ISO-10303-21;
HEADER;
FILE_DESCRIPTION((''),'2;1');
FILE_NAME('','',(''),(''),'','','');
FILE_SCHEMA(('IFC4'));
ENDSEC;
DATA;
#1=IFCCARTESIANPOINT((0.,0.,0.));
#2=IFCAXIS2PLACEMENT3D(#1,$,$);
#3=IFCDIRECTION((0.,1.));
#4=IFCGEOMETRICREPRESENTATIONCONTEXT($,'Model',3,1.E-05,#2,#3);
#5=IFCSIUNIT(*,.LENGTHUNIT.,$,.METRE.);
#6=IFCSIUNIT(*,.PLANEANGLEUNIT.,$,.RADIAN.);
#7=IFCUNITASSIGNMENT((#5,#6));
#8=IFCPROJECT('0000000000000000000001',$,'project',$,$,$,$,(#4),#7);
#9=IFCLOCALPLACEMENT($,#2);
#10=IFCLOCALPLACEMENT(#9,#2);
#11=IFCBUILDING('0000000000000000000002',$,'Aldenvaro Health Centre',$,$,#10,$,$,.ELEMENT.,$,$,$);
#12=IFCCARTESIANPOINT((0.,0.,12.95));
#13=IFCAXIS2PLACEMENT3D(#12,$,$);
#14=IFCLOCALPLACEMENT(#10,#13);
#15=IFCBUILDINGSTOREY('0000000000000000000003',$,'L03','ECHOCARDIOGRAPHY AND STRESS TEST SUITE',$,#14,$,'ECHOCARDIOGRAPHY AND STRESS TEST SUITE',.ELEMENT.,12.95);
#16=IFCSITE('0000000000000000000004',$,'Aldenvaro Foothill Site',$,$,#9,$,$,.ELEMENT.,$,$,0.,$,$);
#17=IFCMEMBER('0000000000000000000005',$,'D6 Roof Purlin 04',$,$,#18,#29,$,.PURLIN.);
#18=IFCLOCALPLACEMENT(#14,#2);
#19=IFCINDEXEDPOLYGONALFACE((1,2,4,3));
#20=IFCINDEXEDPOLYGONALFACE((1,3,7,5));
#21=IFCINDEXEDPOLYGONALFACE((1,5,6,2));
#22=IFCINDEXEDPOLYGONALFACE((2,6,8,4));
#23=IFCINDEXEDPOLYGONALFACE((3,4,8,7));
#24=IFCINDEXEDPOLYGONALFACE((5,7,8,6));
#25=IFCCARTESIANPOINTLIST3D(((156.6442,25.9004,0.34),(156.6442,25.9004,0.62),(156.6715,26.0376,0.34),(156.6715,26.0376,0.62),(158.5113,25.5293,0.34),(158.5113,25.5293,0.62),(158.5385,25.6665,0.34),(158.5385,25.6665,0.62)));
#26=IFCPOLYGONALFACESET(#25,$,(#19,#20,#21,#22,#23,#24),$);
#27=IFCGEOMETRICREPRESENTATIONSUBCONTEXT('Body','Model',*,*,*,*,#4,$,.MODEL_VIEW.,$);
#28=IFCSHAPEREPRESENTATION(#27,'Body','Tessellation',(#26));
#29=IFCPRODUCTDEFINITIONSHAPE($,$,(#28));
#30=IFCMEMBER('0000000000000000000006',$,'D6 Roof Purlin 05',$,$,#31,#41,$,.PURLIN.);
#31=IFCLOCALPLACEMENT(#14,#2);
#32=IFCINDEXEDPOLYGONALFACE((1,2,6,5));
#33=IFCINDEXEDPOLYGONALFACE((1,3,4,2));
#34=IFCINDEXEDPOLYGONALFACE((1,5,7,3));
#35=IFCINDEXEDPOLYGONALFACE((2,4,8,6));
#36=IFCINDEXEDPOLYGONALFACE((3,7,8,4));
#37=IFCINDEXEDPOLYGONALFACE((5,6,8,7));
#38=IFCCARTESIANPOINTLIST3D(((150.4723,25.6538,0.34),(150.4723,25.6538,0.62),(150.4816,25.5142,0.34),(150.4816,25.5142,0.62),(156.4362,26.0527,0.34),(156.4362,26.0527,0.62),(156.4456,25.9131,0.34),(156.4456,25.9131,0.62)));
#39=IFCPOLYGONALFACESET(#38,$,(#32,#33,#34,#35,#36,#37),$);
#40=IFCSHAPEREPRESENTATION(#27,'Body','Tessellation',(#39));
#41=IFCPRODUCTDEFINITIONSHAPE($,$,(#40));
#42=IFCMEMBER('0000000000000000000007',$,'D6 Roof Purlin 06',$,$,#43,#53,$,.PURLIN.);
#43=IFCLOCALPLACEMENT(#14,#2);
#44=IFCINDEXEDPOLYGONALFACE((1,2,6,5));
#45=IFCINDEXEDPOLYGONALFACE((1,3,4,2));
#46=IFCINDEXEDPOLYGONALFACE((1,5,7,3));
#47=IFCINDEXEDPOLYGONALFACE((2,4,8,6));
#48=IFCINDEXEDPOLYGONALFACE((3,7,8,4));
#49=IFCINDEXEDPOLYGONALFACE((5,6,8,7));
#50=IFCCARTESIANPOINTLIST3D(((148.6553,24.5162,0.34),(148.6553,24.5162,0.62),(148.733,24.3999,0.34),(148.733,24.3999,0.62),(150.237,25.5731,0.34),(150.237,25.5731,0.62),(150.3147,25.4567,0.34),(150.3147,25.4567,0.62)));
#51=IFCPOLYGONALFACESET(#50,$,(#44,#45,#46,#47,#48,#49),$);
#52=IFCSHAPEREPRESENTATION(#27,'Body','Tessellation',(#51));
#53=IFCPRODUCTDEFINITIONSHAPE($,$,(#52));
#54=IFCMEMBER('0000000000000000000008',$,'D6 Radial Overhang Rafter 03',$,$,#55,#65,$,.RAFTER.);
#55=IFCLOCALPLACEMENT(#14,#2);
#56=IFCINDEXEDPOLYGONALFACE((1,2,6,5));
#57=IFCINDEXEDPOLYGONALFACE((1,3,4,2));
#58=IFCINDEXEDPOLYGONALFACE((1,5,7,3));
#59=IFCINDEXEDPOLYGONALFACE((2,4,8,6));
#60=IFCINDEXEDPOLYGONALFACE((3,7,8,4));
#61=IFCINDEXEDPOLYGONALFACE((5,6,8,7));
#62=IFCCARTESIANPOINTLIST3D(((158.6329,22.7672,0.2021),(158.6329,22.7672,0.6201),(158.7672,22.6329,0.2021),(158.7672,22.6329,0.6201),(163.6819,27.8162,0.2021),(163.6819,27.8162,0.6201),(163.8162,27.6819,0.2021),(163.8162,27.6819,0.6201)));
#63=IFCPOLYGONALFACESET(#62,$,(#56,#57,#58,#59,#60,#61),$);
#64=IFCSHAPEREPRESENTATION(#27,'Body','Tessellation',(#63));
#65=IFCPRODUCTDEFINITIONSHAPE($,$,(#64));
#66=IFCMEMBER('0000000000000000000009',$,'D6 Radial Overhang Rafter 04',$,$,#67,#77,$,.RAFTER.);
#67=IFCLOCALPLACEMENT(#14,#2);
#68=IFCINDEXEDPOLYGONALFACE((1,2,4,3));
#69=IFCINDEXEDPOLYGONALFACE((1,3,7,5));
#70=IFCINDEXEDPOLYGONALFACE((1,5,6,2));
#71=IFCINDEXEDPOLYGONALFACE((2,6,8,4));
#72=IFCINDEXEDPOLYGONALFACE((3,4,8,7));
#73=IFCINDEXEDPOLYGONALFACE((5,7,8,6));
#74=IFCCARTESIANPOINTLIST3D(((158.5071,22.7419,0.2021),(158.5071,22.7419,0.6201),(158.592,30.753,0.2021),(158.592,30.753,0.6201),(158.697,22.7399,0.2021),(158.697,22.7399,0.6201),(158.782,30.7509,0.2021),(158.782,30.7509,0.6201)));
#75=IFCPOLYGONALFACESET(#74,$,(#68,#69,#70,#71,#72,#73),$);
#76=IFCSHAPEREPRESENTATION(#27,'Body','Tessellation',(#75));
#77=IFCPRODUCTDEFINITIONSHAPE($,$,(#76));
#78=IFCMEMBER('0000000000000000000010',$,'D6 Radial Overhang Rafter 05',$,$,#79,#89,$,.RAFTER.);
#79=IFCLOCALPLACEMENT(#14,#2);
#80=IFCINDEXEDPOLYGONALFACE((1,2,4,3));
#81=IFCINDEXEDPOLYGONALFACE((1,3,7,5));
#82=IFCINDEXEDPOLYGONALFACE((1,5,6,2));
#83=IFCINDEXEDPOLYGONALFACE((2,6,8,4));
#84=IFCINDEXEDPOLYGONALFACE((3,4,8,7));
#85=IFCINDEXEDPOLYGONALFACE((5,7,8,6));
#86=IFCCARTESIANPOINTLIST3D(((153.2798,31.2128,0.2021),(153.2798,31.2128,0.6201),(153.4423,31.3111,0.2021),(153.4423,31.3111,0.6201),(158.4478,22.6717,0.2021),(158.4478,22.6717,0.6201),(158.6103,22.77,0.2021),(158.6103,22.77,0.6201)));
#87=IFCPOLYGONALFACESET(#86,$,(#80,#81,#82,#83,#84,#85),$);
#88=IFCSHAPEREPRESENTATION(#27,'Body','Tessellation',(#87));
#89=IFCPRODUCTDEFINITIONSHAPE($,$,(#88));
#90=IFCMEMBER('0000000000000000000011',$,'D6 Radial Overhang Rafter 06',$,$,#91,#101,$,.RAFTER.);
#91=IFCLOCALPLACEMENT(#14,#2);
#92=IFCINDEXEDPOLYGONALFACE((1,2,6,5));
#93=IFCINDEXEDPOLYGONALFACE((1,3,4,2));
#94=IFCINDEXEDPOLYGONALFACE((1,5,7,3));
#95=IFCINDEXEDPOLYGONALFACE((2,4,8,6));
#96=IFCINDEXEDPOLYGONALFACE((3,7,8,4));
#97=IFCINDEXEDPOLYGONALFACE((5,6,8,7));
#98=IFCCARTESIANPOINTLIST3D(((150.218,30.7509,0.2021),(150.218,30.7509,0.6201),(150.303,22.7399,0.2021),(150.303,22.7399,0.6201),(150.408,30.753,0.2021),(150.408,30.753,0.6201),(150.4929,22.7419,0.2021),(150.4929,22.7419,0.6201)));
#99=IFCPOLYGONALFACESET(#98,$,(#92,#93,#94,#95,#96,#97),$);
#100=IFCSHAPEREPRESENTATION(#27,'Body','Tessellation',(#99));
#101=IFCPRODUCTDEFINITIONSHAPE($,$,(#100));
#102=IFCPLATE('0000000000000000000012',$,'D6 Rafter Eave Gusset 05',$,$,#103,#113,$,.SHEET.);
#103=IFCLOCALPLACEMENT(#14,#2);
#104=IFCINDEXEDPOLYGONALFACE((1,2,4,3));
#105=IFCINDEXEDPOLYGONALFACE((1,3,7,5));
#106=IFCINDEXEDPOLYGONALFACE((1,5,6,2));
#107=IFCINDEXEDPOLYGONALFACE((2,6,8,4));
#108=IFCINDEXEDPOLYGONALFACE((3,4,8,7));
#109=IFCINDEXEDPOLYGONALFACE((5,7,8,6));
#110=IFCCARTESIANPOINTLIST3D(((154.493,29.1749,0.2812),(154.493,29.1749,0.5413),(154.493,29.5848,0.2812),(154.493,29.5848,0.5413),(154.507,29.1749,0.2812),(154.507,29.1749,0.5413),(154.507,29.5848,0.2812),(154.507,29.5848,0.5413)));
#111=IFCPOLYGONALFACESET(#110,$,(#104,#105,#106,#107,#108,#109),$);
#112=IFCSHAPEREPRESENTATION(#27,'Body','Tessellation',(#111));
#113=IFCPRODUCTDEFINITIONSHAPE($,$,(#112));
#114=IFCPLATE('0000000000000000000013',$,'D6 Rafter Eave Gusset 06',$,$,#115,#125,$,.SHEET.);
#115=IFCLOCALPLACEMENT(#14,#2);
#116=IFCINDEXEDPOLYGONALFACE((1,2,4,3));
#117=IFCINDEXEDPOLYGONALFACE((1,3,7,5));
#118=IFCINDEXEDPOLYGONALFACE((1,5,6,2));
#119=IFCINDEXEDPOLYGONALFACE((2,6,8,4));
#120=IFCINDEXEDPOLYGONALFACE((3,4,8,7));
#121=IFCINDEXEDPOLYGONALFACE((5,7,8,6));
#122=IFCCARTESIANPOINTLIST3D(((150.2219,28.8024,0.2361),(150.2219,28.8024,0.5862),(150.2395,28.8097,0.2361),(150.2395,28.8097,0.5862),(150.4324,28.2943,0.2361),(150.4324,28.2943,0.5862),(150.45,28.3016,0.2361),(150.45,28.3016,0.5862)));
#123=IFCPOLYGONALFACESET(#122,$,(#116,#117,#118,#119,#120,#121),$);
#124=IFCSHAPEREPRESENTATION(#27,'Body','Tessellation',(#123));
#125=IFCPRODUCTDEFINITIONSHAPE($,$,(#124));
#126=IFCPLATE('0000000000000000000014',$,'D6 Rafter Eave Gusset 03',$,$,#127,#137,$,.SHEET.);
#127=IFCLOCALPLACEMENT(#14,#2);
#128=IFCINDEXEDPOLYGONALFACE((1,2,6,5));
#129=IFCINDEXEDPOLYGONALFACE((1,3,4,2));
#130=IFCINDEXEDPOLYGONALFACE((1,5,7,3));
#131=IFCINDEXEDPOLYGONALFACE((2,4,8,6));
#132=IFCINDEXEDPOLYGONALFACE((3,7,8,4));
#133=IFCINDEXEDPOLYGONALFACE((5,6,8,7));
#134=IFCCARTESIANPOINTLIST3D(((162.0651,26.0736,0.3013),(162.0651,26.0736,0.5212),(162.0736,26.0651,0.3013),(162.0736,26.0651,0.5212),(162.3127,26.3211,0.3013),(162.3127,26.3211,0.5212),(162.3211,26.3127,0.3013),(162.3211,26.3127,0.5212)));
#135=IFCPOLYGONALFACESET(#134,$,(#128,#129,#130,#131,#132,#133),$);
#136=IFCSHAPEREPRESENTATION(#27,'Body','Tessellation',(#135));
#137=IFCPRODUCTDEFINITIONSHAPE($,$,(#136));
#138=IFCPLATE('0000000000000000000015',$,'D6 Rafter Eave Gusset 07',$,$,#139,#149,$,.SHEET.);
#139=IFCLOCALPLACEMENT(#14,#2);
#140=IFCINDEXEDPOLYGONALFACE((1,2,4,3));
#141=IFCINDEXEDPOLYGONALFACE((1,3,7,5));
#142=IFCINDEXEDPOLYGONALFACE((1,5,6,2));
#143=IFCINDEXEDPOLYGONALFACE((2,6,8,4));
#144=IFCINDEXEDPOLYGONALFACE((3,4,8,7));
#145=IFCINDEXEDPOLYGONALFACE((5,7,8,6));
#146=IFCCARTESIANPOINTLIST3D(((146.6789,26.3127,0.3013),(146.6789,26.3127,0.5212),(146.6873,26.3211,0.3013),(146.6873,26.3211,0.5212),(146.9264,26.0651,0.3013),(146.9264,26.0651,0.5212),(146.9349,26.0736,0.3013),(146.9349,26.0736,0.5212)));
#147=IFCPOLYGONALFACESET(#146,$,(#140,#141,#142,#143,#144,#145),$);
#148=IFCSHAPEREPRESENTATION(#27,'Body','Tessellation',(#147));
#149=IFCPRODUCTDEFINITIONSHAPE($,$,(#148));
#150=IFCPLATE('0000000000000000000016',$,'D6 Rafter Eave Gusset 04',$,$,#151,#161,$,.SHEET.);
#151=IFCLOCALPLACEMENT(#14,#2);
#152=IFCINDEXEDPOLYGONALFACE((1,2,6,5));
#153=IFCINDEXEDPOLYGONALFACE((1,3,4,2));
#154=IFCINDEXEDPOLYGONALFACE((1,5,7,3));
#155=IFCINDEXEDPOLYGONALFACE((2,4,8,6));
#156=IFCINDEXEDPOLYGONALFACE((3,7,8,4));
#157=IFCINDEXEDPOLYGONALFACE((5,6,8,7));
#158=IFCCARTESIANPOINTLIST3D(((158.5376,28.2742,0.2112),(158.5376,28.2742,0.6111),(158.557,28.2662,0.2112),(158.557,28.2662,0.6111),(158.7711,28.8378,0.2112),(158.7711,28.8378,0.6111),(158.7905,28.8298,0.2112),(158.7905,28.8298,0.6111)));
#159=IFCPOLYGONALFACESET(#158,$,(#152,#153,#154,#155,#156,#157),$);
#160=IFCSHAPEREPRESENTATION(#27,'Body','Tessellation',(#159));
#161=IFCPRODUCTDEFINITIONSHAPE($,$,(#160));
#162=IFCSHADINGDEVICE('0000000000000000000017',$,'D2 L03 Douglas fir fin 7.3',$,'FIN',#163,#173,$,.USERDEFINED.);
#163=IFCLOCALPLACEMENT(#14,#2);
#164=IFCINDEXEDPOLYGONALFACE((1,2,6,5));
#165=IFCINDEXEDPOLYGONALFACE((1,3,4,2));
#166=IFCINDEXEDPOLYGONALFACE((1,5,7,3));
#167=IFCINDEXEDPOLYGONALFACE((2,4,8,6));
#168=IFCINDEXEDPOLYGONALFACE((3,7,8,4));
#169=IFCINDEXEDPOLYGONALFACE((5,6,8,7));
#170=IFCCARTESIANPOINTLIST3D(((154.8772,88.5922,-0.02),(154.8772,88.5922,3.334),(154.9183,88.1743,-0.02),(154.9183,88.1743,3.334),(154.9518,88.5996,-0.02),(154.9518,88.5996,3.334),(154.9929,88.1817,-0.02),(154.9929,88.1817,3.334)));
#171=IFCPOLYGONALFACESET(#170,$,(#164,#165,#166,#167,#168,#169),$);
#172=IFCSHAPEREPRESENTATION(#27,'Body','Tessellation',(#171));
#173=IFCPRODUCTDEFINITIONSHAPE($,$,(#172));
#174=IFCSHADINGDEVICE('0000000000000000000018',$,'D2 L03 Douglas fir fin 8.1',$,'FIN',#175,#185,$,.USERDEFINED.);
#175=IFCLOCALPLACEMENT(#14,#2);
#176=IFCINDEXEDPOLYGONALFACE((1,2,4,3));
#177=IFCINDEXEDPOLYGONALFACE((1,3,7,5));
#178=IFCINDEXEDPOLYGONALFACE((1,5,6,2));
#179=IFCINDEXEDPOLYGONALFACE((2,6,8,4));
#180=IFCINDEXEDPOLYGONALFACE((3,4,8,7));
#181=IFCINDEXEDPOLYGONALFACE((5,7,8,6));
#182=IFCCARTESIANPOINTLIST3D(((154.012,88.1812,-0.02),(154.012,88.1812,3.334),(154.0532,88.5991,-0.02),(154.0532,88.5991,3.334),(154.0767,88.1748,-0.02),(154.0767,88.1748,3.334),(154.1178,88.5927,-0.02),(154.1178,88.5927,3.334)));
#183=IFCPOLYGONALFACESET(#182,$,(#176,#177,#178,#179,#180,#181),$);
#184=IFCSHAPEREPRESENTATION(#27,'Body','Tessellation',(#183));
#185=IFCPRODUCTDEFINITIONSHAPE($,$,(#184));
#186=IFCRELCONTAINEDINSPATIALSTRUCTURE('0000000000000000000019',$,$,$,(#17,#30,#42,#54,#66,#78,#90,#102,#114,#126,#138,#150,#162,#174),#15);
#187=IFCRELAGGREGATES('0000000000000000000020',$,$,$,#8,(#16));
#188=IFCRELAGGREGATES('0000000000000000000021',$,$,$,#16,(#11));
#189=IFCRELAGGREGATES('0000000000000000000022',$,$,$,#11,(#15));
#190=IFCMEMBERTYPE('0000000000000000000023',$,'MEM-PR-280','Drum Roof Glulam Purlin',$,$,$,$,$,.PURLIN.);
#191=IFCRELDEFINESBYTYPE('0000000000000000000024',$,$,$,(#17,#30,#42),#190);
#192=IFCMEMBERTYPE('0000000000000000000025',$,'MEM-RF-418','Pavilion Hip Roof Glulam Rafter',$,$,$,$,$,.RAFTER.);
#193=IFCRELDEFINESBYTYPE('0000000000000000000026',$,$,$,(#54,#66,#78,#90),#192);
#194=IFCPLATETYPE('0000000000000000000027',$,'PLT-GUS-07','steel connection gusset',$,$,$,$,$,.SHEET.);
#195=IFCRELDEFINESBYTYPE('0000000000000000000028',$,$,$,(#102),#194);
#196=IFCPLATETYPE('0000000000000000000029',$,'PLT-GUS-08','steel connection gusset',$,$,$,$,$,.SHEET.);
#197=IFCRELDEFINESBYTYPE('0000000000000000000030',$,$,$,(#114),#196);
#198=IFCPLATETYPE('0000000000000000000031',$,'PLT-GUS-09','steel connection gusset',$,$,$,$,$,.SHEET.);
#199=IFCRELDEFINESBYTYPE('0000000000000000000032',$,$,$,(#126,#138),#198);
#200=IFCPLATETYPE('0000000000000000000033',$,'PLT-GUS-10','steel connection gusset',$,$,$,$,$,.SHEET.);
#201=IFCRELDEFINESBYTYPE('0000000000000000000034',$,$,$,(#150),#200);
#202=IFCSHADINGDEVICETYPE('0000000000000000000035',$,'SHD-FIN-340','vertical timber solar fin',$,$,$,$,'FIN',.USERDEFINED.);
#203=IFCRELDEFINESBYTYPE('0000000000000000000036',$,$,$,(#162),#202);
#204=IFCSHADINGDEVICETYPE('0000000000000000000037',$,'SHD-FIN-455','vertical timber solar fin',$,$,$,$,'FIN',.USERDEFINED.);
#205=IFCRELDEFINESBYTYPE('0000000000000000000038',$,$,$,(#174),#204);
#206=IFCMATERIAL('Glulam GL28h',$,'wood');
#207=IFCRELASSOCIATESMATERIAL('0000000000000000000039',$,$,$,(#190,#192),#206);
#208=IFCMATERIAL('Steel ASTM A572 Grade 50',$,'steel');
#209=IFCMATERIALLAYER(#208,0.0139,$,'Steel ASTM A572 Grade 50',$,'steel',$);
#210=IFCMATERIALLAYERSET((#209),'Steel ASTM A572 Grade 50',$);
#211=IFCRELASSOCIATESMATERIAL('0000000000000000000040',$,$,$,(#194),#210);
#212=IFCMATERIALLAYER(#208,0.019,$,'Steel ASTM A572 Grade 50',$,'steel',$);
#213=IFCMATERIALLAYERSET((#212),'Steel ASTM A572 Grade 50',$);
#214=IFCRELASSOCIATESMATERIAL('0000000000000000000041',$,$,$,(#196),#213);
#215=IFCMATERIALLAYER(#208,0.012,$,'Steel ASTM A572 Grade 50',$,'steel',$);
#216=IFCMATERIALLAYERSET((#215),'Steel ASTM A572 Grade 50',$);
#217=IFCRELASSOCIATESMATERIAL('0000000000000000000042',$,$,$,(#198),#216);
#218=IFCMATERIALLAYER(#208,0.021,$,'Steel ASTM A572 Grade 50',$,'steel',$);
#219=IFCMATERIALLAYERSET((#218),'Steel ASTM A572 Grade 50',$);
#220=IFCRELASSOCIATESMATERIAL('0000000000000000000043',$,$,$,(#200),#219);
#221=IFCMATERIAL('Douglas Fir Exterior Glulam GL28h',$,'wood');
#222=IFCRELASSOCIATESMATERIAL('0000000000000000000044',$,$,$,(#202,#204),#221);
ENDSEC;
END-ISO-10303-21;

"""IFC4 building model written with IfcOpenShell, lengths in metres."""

from ifc_helpers import new_model, si_unit, direction, frame, origin, origin_2d, place, context, subcontext, project, spatial, rectangle, extrude, material, layer, layer_set, material_profile, profile_set, type_object, element, save


model = new_model("IFC4")

# Units and contexts
model_context = context("Model", 3, precision=1e-05, world=origin(), true_north=direction((0.0, 1.0)))
body_context = subcontext(model_context, "Body", "Model", "MODEL_VIEW")
ifc_project = project(units=[si_unit("LENGTHUNIT", "METRE"), si_unit("PLANEANGLEUNIT", "RADIAN")], contexts=[model_context])

# Site, building, storey
site_placement = place(None, origin())
site = spatial("IfcSite", under=ifc_project, at=site_placement, Name="Aldenvaro Foothill Site", CompositionType="ELEMENT", RefElevation=0.0)
building_placement = place(site_placement, origin())
building = spatial("IfcBuilding", under=site, at=building_placement, Name="Aldenvaro Health Centre", CompositionType="ELEMENT")
storey_placement = place(building_placement, frame((0.0, 0.0, 12.95)))
storey = spatial("IfcBuildingStorey", under=building, at=storey_placement, Name="L03", Description="ECHOCARDIOGRAPHY AND STRESS TEST SUITE", LongName="ECHOCARDIOGRAPHY AND STRESS TEST SUITE", CompositionType="ELEMENT", Elevation=12.95)

# Shared definitions
ifc_material_1 = material(Name="Glulam GL28h", Category="wood")

# Members
ifc_material_profile_1 = material_profile(ifc_material_1, rectangle(XDim=0.1399, YDim=0.28, at=origin_2d()), Name="GL 140x280", Category="wood")
ifc_profile_set_1 = profile_set([ifc_material_profile_1], Name="Glulam GL28h")
member_type_1 = type_object("IfcMemberType", Name="MEM-PR-280", Description="Drum Roof Glulam Purlin", PredefinedType="PURLIN", material=ifc_profile_set_1)
member_1_placement = place(storey_placement, frame((158.5249, 25.5979, 0.48), z_axis=(-0.980812, 0.194957, 0.0), x_axis=(-0.194957, -0.980812, 0.0)))
element("IfcMember", 1, at=member_1_placement, inside=storey, type_object=member_type_1, Name="D6 Roof Purlin 04", PredefinedType="PURLIN", context=body_context, shape_type="SweptSolid", body=[
    extrude(rectangle(XDim=0.1399, YDim=0.28, at=origin_2d()), origin(), (0.0, 0.0, 1.0), 1.9036),
])
member_2_placement = place(storey_placement, frame((156.4409, 25.9829, 0.48), z_axis=(-0.99777, -0.066741, 0.0), x_axis=(0.066741, -0.99777, 0.0)))
element("IfcMember", 2, at=member_2_placement, inside=storey, type_object=member_type_1, Name="D6 Roof Purlin 05", PredefinedType="PURLIN", context=body_context, shape_type="SweptSolid", body=[
    extrude(rectangle(XDim=0.1399, YDim=0.28, at=origin_2d()), origin(), (0.0, 0.0, 1.0), 5.9773),
])
member_3_placement = place(storey_placement, frame((150.2759, 25.5149, 0.48), z_axis=(-0.831477, -0.555559, 0.0), x_axis=(0.555559, -0.831477, 0.0)))
element("IfcMember", 3, at=member_3_placement, inside=storey, type_object=member_type_1, Name="D6 Roof Purlin 06", PredefinedType="PURLIN", context=body_context, shape_type="SweptSolid", body=[
    extrude(rectangle(XDim=0.1399, YDim=0.28, at=origin_2d()), origin(), (0.0, 0.0, 1.0), 1.9023),
])
ifc_material_profile_2 = material_profile(ifc_material_1, rectangle(XDim=0.1899, YDim=0.418, at=origin_2d()), Name="GL 190x418", Category="wood")
ifc_profile_set_2 = profile_set([ifc_material_profile_2], Name="Glulam GL28h")
member_type_2 = type_object("IfcMemberType", Name="MEM-RF-418", Description="Pavilion Hip Roof Glulam Rafter", PredefinedType="RAFTER", material=ifc_profile_set_2)
member_4_placement = place(storey_placement, frame((163.749, 27.749, 0.4111), z_axis=(-0.707107, -0.707107, 0.0), x_axis=(0.707107, -0.707107, 0.0)))
element("IfcMember", 4, at=member_4_placement, inside=storey, type_object=member_type_2, Name="D6 Radial Overhang Rafter 03", PredefinedType="RAFTER", context=body_context, shape_type="SweptSolid", body=[
    extrude(rectangle(XDim=0.1899, YDim=0.418, at=origin_2d()), origin(), (0.0, 0.0, 1.0), 7.1404),
])
member_5_placement = place(storey_placement, frame((158.687, 30.752, 0.4111), z_axis=(-0.010605, -0.999944, 0.0), x_axis=(0.999944, -0.010605, 0.0)))
element("IfcMember", 5, at=member_5_placement, inside=storey, type_object=member_type_2, Name="D6 Radial Overhang Rafter 04", PredefinedType="RAFTER", context=body_context, shape_type="SweptSolid", body=[
    extrude(rectangle(XDim=0.1899, YDim=0.418, at=origin_2d()), origin(), (0.0, 0.0, 1.0), 8.0115),
])
member_6_placement = place(storey_placement, frame((153.3611, 31.262, 0.4111), z_axis=(0.517686, -0.855571, 0.0), x_axis=(0.855571, 0.517686, 0.0)))
element("IfcMember", 6, at=member_6_placement, inside=storey, type_object=member_type_2, Name="D6 Radial Overhang Rafter 05", PredefinedType="RAFTER", context=body_context, shape_type="SweptSolid", body=[
    extrude(rectangle(XDim=0.1899, YDim=0.418, at=origin_2d()), origin(), (0.0, 0.0, 1.0), 9.9829),
])
member_7_placement = place(storey_placement, frame((150.313, 30.752, 0.4111), z_axis=(0.010605, -0.999944, 0.0), x_axis=(0.999944, 0.010605, 0.0)))
element("IfcMember", 7, at=member_7_placement, inside=storey, type_object=member_type_2, Name="D6 Radial Overhang Rafter 06", PredefinedType="RAFTER", context=body_context, shape_type="SweptSolid", body=[
    extrude(rectangle(XDim=0.1899, YDim=0.418, at=origin_2d()), origin(), (0.0, 0.0, 1.0), 8.0115),
])

# Plates
ifc_material_2 = material(Name="Steel ASTM A572 Grade 50", Category="steel")
ifc_layer_1 = layer(ifc_material_2, 0.0139, Name="Steel ASTM A572 Grade 50", Category="steel")
ifc_layer_set_1 = layer_set([ifc_layer_1], Name="Steel ASTM A572 Grade 50")
plate_type_1 = type_object("IfcPlateType", Name="PLT-GUS-07", Description="steel connection gusset", PredefinedType="SHEET", material=ifc_layer_set_1)
plate_1_placement = place(storey_placement, frame((154.5, 29.3799, 0.2812), z_axis=(0.0, 0.0, 1.0), x_axis=(0.0, 1.0, 0.0)))
element("IfcPlate", 8, at=plate_1_placement, inside=storey, type_object=plate_type_1, Name="D6 Rafter Eave Gusset 05", PredefinedType="SHEET", context=body_context, shape_type="SweptSolid", body=[
    extrude(rectangle(XDim=0.4099, YDim=0.0139, at=origin_2d()), origin(), (0.0, 0.0, 1.0), 0.26),
])
ifc_layer_2 = layer(ifc_material_2, 0.019, Name="Steel ASTM A572 Grade 50", Category="steel")
ifc_layer_set_2 = layer_set([ifc_layer_2], Name="Steel ASTM A572 Grade 50")
plate_type_2 = type_object("IfcPlateType", Name="PLT-GUS-08", Description="steel connection gusset", PredefinedType="SHEET", material=ifc_layer_set_2)
plate_2_placement = place(storey_placement, frame((150.3359, 28.552, 0.2361), z_axis=(0.0, 0.0, 1.0), x_axis=(-0.382709, 0.923869, 0.0)))
element("IfcPlate", 9, at=plate_2_placement, inside=storey, type_object=plate_type_2, Name="D6 Rafter Eave Gusset 06", PredefinedType="SHEET", context=body_context, shape_type="SweptSolid", body=[
    extrude(rectangle(XDim=0.55, YDim=0.019, at=origin_2d()), origin(), (0.0, 0.0, 1.0), 0.3501),
])
ifc_layer_3 = layer(ifc_material_2, 0.012, Name="Steel ASTM A572 Grade 50", Category="steel")
ifc_layer_set_3 = layer_set([ifc_layer_3], Name="Steel ASTM A572 Grade 50")
plate_type_3 = type_object("IfcPlateType", Name="PLT-GUS-09", Description="steel connection gusset", PredefinedType="SHEET", material=ifc_layer_set_3)
for number, where, z_axis, x_axis, name in (
    (10, (162.1931, 26.1931, 0.3013), (0.0, 0.0, 1.0), (0.707107, 0.707107, 0.0), "D6 Rafter Eave Gusset 03"),
    (11, (146.8069, 26.1931, 0.3013), (0.0, 0.0, 1.0), (-0.707107, 0.707107, 0.0), "D6 Rafter Eave Gusset 07"),
):
    element("IfcPlate", number, at=place(storey_placement, frame(where, z_axis=z_axis, x_axis=x_axis)), inside=storey, type_object=plate_type_3, Name=name, PredefinedType="SHEET", context=body_context, shape_type="SweptSolid", body=[
        extrude(rectangle(XDim=0.3501, YDim=0.012, at=origin_2d()), origin(), (0.0, 0.0, 1.0), 0.22),
    ])
ifc_layer_4 = layer(ifc_material_2, 0.021, Name="Steel ASTM A572 Grade 50", Category="steel")
ifc_layer_set_4 = layer_set([ifc_layer_4], Name="Steel ASTM A572 Grade 50")
plate_type_4 = type_object("IfcPlateType", Name="PLT-GUS-10", Description="steel connection gusset", PredefinedType="SHEET", material=ifc_layer_set_4)
plate_3_placement = place(storey_placement, frame((158.6641, 28.552, 0.2112), z_axis=(0.0, 0.0, 1.0), x_axis=(0.382709, 0.923869, 0.0)))
element("IfcPlate", 12, at=plate_3_placement, inside=storey, type_object=plate_type_4, Name="D6 Rafter Eave Gusset 04", PredefinedType="SHEET", context=body_context, shape_type="SweptSolid", body=[
    extrude(rectangle(XDim=0.6101, YDim=0.021, at=origin_2d()), origin(), (0.0, 0.0, 1.0), 0.3999),
])

# Shading devices
ifc_material_3 = material(Name="Douglas Fir Exterior Glulam GL28h", Category="wood")
shading_device_type_1 = type_object("IfcShadingDeviceType", Name="SHD-FIN-340", Description="vertical timber solar fin", ElementType="FIN", PredefinedType="USERDEFINED", material=ifc_material_3)
shading_device_1_placement = place(storey_placement, frame((154.9351, 88.387, -0.02), z_axis=(0.0, 0.0, 1.0), x_axis=(-0.995183, -0.098032, 0.0)))
element("IfcShadingDevice", 13, at=shading_device_1_placement, inside=storey, type_object=shading_device_type_1, Name="D2 L03 Douglas fir fin 7.3", ObjectType="FIN", PredefinedType="USERDEFINED", context=body_context, shape_type="SweptSolid", body=[
    extrude(rectangle(XDim=0.075, YDim=0.4199, at=origin_2d()), origin(), (0.0, 0.0, 1.0), 3.354),
])
shading_device_type_2 = type_object("IfcShadingDeviceType", Name="SHD-FIN-455", Description="vertical timber solar fin", ElementType="FIN", PredefinedType="USERDEFINED", material=ifc_material_3)
for number, where, z_axis, x_axis, name in (
    (14, (154.0649, 88.387, -0.02), (0.0, 0.0, 1.0), (-0.995183, 0.098032, 0.0), "D2 L03 Douglas fir fin 8.1"),
):
    element("IfcShadingDevice", number, at=place(storey_placement, frame(where, z_axis=z_axis, x_axis=x_axis)), inside=storey, type_object=shading_device_type_2, Name=name, ObjectType="FIN", PredefinedType="USERDEFINED", context=body_context, shape_type="SweptSolid", body=[
        extrude(rectangle(XDim=0.0649, YDim=0.4199, at=origin_2d()), origin(), (0.0, 0.0, 1.0), 3.354),
    ])

save(model, "model.ifc")
